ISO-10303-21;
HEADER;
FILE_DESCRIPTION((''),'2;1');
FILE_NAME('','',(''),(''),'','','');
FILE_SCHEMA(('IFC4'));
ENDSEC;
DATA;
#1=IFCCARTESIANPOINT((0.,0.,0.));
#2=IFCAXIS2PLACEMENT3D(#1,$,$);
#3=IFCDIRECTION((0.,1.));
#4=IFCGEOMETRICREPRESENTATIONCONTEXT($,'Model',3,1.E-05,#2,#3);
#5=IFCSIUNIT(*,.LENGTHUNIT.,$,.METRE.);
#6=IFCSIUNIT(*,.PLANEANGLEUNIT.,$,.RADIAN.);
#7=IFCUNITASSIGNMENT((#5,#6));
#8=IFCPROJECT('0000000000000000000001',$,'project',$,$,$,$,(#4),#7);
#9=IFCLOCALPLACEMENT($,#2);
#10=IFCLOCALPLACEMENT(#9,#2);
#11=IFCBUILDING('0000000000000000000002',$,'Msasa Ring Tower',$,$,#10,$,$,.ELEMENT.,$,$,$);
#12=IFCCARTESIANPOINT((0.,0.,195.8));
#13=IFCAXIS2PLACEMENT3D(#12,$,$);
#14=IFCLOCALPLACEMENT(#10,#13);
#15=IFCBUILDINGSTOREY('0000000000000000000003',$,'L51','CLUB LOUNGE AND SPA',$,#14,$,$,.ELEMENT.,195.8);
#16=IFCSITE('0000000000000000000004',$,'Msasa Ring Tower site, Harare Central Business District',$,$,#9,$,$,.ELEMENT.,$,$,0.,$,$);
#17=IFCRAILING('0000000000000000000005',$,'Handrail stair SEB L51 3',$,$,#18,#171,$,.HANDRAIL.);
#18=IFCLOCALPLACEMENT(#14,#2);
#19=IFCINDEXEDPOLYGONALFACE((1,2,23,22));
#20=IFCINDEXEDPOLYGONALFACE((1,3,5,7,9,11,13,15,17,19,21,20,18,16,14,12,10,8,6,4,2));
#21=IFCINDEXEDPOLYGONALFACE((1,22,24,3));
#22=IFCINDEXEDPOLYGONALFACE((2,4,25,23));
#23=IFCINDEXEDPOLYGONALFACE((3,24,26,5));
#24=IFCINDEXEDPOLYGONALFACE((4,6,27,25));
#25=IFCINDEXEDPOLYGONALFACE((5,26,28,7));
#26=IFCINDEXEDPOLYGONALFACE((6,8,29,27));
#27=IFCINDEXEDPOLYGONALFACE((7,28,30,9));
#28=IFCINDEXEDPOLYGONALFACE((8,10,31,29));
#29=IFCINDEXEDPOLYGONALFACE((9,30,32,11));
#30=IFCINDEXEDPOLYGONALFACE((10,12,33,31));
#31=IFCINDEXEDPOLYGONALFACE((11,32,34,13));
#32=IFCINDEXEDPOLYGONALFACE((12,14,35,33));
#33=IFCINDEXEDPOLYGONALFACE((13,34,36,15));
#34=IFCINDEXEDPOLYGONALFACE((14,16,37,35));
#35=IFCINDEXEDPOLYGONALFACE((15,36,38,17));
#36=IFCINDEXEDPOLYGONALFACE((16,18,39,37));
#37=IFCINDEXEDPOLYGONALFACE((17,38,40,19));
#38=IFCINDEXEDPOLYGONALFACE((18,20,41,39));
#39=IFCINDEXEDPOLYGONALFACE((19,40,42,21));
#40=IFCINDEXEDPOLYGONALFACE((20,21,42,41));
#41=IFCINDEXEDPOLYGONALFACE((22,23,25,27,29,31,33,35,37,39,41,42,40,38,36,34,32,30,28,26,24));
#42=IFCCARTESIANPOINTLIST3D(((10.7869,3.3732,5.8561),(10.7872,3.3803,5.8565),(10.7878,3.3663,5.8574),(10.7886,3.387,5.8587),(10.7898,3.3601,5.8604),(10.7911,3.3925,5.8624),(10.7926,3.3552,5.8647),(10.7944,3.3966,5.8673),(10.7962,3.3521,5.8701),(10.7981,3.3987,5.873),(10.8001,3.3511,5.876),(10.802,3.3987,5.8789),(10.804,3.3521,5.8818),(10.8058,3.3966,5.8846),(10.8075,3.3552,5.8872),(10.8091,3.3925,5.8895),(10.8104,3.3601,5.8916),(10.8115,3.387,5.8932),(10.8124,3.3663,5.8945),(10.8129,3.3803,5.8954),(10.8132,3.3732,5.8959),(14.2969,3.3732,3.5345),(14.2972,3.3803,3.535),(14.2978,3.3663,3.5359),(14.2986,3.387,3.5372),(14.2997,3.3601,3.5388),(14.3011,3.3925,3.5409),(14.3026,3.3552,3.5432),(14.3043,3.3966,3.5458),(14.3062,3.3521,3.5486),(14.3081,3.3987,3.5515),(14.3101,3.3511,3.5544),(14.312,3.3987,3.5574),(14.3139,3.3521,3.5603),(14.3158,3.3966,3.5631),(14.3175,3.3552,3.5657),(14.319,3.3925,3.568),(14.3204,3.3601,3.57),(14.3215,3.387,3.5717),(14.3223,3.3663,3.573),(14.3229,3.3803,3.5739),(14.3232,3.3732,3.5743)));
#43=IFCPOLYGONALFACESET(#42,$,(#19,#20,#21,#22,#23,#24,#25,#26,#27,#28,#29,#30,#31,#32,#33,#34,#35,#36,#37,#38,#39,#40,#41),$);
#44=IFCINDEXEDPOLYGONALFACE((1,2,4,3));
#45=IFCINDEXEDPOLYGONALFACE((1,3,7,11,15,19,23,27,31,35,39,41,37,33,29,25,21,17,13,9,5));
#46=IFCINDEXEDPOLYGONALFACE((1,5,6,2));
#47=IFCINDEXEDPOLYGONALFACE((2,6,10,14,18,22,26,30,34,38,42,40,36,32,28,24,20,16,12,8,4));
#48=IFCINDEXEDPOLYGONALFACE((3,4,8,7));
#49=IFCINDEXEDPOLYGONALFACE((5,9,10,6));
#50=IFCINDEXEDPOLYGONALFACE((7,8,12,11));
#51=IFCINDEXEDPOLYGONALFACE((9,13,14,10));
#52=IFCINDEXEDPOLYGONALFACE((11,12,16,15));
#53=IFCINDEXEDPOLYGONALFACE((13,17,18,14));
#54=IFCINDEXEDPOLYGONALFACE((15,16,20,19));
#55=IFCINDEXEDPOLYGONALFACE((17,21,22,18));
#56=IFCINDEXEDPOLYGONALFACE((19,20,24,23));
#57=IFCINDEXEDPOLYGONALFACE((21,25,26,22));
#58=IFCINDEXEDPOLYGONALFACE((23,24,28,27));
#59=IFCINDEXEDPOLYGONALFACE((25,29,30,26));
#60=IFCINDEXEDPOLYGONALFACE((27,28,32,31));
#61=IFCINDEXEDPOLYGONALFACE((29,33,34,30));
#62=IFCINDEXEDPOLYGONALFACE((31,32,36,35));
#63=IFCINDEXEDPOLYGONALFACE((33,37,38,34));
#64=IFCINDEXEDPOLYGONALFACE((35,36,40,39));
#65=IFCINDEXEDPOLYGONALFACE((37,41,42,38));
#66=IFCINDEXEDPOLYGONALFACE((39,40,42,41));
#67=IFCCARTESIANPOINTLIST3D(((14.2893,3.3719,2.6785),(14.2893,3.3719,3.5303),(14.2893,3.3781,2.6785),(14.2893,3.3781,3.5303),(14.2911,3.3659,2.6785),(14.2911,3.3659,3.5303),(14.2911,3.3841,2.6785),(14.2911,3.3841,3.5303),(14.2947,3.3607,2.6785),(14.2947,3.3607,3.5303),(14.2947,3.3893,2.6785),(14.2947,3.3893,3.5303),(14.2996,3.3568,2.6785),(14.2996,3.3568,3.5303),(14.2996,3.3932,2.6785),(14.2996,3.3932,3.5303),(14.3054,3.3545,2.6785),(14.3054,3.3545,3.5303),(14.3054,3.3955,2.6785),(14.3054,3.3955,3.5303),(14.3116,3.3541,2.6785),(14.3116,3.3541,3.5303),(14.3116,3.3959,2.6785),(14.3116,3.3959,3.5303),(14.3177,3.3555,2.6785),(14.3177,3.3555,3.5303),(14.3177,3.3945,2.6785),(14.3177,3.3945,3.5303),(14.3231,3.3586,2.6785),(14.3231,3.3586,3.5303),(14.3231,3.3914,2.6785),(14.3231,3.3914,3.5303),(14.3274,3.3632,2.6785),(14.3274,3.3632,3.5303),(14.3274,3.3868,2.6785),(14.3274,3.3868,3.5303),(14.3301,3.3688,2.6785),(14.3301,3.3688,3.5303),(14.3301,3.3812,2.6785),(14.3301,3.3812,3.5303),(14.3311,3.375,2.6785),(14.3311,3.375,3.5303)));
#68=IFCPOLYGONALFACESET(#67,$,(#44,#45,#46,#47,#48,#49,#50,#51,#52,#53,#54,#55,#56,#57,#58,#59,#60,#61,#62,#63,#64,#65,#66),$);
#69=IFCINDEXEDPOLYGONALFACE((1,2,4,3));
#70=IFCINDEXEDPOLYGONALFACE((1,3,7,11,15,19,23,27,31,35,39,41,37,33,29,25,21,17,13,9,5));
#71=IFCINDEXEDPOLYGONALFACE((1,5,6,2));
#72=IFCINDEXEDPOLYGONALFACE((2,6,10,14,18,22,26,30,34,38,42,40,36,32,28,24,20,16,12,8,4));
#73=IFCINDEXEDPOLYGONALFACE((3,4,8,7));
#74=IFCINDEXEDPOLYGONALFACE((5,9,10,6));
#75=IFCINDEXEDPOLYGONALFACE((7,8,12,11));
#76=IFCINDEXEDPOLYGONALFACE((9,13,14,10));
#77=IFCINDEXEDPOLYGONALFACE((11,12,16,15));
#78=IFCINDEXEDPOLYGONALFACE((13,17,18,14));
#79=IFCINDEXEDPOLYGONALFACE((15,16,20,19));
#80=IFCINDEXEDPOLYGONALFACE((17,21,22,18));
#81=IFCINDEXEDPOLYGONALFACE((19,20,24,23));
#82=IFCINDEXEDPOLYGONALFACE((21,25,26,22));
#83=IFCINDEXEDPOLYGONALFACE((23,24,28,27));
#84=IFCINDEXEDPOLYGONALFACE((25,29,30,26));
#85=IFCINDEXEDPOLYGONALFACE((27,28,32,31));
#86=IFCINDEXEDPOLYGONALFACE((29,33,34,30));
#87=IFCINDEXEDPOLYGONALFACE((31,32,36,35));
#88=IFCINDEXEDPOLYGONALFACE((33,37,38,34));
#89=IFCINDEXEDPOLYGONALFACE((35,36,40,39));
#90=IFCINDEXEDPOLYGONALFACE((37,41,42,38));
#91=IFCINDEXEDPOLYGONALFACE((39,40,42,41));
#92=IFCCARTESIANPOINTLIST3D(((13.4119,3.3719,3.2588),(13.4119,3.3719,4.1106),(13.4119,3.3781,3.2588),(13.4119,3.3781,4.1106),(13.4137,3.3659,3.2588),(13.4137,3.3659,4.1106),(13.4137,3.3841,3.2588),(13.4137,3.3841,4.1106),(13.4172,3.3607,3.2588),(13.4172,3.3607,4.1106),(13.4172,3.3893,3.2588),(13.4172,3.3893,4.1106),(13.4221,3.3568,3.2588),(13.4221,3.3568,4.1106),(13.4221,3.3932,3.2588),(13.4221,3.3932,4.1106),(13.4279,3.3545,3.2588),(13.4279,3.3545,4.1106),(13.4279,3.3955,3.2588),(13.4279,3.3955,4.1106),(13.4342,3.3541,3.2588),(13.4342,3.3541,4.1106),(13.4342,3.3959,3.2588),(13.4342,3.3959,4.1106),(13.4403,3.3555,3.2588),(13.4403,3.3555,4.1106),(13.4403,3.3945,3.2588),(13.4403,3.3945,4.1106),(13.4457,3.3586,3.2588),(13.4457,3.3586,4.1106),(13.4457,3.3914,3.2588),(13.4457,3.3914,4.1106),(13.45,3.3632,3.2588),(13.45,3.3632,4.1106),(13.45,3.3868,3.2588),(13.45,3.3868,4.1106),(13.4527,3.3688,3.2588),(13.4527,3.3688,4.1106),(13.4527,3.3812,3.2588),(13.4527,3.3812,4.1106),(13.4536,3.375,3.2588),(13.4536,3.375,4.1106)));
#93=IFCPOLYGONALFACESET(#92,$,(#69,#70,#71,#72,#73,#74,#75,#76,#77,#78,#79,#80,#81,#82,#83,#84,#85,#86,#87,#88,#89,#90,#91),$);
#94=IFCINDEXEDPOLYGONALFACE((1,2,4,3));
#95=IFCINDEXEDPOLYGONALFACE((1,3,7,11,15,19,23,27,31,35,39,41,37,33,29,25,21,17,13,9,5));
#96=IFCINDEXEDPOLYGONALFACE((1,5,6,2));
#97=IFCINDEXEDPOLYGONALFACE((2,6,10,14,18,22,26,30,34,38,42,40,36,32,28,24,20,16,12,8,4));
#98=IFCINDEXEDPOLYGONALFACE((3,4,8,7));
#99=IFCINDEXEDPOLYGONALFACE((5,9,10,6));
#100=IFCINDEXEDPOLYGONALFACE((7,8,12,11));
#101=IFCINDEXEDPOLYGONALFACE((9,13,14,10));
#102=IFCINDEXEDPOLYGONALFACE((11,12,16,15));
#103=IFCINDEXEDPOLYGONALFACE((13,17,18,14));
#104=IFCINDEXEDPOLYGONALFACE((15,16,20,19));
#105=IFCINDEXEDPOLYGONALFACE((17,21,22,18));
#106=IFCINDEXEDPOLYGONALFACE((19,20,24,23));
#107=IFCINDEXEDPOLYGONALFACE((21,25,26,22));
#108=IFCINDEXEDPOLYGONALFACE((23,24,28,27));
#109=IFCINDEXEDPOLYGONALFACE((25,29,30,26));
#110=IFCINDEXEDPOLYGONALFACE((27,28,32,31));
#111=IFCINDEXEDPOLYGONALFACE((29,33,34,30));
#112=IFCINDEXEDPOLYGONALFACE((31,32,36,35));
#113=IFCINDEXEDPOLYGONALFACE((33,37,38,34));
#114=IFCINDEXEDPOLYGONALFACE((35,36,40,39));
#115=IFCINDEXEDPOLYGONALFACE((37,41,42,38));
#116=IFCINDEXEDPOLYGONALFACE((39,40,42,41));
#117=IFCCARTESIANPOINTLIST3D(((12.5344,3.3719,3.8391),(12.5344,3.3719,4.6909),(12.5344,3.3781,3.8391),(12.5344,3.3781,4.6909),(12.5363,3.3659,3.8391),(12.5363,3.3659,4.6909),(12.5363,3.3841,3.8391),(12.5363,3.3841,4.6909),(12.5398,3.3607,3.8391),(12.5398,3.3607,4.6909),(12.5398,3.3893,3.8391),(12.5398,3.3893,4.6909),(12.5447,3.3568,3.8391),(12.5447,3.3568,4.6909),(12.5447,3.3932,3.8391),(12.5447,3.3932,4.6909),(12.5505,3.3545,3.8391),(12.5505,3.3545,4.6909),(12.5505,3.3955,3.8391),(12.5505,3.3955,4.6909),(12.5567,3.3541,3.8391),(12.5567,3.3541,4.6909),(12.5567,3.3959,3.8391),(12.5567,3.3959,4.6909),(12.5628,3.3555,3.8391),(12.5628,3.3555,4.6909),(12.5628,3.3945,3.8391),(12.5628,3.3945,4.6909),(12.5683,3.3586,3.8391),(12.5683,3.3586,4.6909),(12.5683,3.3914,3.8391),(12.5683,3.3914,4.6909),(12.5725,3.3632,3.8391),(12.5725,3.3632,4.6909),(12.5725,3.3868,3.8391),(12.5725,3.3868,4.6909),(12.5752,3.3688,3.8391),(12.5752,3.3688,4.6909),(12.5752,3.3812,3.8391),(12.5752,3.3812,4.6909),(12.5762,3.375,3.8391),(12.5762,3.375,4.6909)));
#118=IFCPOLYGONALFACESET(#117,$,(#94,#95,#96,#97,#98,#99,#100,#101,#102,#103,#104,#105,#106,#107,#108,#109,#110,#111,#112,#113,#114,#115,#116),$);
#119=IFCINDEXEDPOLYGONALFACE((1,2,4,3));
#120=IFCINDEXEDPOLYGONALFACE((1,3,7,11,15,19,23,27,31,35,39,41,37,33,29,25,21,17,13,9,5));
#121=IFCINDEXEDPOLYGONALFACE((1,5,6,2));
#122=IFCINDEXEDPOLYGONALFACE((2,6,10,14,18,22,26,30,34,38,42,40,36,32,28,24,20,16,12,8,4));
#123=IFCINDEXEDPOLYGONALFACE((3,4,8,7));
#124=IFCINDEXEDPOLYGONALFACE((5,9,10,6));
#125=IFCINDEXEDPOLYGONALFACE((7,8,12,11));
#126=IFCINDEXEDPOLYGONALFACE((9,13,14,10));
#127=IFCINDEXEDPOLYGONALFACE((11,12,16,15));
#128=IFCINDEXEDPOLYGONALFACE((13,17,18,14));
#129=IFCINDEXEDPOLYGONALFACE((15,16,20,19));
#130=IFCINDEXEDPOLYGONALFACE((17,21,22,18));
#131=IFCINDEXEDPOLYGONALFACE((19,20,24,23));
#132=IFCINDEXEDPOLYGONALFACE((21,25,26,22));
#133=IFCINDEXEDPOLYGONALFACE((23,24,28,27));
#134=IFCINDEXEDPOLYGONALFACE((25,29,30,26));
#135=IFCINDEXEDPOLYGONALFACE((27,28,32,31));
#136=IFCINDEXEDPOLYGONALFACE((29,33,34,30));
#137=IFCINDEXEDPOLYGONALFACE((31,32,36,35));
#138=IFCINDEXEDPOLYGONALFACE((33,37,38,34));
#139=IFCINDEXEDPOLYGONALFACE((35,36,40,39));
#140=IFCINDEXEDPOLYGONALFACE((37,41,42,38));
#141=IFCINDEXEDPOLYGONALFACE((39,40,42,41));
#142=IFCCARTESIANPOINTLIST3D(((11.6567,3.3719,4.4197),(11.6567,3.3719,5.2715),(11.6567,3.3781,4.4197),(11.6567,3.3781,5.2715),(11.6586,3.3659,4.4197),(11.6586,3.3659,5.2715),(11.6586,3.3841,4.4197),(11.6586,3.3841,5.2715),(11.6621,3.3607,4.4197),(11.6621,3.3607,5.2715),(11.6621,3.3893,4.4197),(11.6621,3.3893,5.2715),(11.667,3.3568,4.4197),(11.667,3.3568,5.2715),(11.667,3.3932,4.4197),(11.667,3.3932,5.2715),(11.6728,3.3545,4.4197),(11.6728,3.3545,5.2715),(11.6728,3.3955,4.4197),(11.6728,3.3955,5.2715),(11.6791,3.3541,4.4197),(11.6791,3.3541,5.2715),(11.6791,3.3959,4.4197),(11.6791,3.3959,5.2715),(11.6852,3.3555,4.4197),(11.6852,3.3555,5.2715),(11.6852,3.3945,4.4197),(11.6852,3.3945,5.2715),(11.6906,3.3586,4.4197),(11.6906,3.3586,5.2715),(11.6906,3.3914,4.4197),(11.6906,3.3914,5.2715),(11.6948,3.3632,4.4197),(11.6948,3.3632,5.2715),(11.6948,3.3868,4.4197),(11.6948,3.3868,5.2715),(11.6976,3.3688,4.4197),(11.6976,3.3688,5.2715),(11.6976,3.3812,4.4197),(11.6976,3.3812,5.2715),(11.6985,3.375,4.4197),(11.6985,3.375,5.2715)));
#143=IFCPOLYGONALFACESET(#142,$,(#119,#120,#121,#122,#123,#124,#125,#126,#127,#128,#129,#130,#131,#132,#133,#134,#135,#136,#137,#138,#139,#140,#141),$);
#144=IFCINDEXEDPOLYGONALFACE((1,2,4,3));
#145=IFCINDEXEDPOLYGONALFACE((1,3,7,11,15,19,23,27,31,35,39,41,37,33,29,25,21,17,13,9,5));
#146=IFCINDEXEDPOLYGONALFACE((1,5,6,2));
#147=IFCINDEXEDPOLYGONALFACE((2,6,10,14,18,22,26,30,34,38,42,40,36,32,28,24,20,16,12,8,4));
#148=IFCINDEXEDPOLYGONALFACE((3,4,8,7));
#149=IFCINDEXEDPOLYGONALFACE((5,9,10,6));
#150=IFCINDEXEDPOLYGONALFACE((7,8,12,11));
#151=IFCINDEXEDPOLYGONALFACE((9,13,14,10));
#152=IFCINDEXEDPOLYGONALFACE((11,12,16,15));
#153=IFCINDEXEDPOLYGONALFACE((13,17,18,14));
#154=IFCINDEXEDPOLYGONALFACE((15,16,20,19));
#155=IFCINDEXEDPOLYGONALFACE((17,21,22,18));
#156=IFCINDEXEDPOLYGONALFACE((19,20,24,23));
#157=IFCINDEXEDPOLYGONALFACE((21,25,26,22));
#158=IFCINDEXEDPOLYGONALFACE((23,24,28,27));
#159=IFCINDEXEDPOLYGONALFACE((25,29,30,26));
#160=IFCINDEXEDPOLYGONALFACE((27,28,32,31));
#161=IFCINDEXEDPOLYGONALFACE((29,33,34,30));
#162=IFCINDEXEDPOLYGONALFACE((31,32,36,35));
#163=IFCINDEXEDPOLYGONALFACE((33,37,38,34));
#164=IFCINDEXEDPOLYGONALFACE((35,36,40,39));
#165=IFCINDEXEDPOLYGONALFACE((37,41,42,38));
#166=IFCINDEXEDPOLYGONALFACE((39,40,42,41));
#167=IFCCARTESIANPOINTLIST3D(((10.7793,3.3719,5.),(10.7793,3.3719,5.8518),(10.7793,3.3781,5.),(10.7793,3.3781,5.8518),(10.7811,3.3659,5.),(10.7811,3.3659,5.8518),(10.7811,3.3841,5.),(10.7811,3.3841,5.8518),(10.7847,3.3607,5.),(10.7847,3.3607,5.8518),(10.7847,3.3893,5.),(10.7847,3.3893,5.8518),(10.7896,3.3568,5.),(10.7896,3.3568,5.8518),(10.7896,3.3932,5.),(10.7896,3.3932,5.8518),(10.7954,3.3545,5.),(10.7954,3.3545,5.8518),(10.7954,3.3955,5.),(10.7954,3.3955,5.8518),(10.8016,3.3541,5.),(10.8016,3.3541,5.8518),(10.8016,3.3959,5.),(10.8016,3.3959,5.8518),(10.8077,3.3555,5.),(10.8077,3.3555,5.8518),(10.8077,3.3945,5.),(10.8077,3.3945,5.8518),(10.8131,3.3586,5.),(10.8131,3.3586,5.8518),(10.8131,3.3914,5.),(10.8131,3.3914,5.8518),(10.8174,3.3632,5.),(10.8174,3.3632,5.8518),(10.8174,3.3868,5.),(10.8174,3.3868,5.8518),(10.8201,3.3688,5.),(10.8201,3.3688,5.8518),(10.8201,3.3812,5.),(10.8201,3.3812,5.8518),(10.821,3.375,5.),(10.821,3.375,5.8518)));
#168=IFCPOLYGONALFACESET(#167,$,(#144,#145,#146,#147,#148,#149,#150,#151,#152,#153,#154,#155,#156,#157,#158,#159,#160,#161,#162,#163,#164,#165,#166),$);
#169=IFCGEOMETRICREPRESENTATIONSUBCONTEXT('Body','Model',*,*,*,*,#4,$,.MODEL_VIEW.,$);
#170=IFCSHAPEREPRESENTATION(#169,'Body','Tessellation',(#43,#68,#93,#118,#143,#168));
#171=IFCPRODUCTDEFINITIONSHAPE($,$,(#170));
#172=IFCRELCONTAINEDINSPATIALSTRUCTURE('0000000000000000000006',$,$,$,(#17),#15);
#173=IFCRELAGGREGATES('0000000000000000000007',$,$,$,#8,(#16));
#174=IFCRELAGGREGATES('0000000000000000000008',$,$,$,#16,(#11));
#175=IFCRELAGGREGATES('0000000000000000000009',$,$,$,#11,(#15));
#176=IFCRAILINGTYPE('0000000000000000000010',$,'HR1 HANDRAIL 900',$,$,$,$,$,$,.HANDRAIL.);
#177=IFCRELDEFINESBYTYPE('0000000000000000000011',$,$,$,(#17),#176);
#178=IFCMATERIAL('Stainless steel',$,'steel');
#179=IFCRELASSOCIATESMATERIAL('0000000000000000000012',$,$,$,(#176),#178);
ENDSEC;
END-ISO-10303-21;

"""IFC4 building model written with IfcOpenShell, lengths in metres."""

from ifc_helpers import new_model, si_unit, direction, frame, origin, origin_2d, place, context, subcontext, project, spatial, circle, extrude, material, type_object, element, save


model = new_model("IFC4")

# Units and contexts
model_context = context("Model", 3, precision=1e-05, world=origin(), true_north=direction((0.0, 1.0)))
body_context = subcontext(model_context, "Body", "Model", "MODEL_VIEW")
ifc_project = project(units=[si_unit("LENGTHUNIT", "METRE"), si_unit("PLANEANGLEUNIT", "RADIAN")], contexts=[model_context])

# Site, building, storey
site_placement = place(None, origin())
site = spatial("IfcSite", under=ifc_project, at=site_placement, Name="Msasa Ring Tower site, Harare Central Business District", CompositionType="ELEMENT", RefElevation=0.0)
building_placement = place(site_placement, origin())
building = spatial("IfcBuilding", under=site, at=building_placement, Name="Msasa Ring Tower", CompositionType="ELEMENT")
storey_placement = place(building_placement, frame((0.0, 0.0, 195.8)))
storey = spatial("IfcBuildingStorey", under=building, at=storey_placement, Name="L51", Description="CLUB LOUNGE AND SPA", CompositionType="ELEMENT", Elevation=195.8)

# Railing
ifc_material_1 = material(Name="Stainless steel", Category="steel")
railing_type = type_object("IfcRailingType", Name="HR1 HANDRAIL 900", PredefinedType="HANDRAIL", material=ifc_material_1)
for number, where, name in (
    (1, (14.3101, 3.375, 2.6785), "Handrail stair SEB L51 3"),
):
    element("IfcRailing", number, at=place(storey_placement, frame(where)), inside=storey, type_object=railing_type, Name=name, PredefinedType="HANDRAIL", context=body_context, shape_type="SweptSolid", body=[
        extrude(circle(Radius=0.0239, at=origin_2d()), frame((0.0, 0.0, 0.876), z_axis=(-0.834071, 0.0, 0.551657), x_axis=(0.0, -1.0, 0.0)), (0.0, 0.0, 1.0), 4.2083),
        extrude(circle(Radius=0.021, at=origin_2d()), origin(), (0.0, 0.0, 1.0), 0.8518),
        extrude(circle(Radius=0.021, at=origin_2d()), frame((-0.8774, 0.0, 0.5803)), (0.0, 0.0, 1.0), 0.8518),
        extrude(circle(Radius=0.021, at=origin_2d()), frame((-1.7549, 0.0, 1.1606)), (0.0, 0.0, 1.0), 0.8518),
        extrude(circle(Radius=0.021, at=origin_2d()), frame((-2.6326, 0.0, 1.7412)), (0.0, 0.0, 1.0), 0.8518),
        extrude(circle(Radius=0.021, at=origin_2d()), frame((-3.51, 0.0, 2.3215)), (0.0, 0.0, 1.0), 0.8518),
    ])

save(model, "model.ifc")
